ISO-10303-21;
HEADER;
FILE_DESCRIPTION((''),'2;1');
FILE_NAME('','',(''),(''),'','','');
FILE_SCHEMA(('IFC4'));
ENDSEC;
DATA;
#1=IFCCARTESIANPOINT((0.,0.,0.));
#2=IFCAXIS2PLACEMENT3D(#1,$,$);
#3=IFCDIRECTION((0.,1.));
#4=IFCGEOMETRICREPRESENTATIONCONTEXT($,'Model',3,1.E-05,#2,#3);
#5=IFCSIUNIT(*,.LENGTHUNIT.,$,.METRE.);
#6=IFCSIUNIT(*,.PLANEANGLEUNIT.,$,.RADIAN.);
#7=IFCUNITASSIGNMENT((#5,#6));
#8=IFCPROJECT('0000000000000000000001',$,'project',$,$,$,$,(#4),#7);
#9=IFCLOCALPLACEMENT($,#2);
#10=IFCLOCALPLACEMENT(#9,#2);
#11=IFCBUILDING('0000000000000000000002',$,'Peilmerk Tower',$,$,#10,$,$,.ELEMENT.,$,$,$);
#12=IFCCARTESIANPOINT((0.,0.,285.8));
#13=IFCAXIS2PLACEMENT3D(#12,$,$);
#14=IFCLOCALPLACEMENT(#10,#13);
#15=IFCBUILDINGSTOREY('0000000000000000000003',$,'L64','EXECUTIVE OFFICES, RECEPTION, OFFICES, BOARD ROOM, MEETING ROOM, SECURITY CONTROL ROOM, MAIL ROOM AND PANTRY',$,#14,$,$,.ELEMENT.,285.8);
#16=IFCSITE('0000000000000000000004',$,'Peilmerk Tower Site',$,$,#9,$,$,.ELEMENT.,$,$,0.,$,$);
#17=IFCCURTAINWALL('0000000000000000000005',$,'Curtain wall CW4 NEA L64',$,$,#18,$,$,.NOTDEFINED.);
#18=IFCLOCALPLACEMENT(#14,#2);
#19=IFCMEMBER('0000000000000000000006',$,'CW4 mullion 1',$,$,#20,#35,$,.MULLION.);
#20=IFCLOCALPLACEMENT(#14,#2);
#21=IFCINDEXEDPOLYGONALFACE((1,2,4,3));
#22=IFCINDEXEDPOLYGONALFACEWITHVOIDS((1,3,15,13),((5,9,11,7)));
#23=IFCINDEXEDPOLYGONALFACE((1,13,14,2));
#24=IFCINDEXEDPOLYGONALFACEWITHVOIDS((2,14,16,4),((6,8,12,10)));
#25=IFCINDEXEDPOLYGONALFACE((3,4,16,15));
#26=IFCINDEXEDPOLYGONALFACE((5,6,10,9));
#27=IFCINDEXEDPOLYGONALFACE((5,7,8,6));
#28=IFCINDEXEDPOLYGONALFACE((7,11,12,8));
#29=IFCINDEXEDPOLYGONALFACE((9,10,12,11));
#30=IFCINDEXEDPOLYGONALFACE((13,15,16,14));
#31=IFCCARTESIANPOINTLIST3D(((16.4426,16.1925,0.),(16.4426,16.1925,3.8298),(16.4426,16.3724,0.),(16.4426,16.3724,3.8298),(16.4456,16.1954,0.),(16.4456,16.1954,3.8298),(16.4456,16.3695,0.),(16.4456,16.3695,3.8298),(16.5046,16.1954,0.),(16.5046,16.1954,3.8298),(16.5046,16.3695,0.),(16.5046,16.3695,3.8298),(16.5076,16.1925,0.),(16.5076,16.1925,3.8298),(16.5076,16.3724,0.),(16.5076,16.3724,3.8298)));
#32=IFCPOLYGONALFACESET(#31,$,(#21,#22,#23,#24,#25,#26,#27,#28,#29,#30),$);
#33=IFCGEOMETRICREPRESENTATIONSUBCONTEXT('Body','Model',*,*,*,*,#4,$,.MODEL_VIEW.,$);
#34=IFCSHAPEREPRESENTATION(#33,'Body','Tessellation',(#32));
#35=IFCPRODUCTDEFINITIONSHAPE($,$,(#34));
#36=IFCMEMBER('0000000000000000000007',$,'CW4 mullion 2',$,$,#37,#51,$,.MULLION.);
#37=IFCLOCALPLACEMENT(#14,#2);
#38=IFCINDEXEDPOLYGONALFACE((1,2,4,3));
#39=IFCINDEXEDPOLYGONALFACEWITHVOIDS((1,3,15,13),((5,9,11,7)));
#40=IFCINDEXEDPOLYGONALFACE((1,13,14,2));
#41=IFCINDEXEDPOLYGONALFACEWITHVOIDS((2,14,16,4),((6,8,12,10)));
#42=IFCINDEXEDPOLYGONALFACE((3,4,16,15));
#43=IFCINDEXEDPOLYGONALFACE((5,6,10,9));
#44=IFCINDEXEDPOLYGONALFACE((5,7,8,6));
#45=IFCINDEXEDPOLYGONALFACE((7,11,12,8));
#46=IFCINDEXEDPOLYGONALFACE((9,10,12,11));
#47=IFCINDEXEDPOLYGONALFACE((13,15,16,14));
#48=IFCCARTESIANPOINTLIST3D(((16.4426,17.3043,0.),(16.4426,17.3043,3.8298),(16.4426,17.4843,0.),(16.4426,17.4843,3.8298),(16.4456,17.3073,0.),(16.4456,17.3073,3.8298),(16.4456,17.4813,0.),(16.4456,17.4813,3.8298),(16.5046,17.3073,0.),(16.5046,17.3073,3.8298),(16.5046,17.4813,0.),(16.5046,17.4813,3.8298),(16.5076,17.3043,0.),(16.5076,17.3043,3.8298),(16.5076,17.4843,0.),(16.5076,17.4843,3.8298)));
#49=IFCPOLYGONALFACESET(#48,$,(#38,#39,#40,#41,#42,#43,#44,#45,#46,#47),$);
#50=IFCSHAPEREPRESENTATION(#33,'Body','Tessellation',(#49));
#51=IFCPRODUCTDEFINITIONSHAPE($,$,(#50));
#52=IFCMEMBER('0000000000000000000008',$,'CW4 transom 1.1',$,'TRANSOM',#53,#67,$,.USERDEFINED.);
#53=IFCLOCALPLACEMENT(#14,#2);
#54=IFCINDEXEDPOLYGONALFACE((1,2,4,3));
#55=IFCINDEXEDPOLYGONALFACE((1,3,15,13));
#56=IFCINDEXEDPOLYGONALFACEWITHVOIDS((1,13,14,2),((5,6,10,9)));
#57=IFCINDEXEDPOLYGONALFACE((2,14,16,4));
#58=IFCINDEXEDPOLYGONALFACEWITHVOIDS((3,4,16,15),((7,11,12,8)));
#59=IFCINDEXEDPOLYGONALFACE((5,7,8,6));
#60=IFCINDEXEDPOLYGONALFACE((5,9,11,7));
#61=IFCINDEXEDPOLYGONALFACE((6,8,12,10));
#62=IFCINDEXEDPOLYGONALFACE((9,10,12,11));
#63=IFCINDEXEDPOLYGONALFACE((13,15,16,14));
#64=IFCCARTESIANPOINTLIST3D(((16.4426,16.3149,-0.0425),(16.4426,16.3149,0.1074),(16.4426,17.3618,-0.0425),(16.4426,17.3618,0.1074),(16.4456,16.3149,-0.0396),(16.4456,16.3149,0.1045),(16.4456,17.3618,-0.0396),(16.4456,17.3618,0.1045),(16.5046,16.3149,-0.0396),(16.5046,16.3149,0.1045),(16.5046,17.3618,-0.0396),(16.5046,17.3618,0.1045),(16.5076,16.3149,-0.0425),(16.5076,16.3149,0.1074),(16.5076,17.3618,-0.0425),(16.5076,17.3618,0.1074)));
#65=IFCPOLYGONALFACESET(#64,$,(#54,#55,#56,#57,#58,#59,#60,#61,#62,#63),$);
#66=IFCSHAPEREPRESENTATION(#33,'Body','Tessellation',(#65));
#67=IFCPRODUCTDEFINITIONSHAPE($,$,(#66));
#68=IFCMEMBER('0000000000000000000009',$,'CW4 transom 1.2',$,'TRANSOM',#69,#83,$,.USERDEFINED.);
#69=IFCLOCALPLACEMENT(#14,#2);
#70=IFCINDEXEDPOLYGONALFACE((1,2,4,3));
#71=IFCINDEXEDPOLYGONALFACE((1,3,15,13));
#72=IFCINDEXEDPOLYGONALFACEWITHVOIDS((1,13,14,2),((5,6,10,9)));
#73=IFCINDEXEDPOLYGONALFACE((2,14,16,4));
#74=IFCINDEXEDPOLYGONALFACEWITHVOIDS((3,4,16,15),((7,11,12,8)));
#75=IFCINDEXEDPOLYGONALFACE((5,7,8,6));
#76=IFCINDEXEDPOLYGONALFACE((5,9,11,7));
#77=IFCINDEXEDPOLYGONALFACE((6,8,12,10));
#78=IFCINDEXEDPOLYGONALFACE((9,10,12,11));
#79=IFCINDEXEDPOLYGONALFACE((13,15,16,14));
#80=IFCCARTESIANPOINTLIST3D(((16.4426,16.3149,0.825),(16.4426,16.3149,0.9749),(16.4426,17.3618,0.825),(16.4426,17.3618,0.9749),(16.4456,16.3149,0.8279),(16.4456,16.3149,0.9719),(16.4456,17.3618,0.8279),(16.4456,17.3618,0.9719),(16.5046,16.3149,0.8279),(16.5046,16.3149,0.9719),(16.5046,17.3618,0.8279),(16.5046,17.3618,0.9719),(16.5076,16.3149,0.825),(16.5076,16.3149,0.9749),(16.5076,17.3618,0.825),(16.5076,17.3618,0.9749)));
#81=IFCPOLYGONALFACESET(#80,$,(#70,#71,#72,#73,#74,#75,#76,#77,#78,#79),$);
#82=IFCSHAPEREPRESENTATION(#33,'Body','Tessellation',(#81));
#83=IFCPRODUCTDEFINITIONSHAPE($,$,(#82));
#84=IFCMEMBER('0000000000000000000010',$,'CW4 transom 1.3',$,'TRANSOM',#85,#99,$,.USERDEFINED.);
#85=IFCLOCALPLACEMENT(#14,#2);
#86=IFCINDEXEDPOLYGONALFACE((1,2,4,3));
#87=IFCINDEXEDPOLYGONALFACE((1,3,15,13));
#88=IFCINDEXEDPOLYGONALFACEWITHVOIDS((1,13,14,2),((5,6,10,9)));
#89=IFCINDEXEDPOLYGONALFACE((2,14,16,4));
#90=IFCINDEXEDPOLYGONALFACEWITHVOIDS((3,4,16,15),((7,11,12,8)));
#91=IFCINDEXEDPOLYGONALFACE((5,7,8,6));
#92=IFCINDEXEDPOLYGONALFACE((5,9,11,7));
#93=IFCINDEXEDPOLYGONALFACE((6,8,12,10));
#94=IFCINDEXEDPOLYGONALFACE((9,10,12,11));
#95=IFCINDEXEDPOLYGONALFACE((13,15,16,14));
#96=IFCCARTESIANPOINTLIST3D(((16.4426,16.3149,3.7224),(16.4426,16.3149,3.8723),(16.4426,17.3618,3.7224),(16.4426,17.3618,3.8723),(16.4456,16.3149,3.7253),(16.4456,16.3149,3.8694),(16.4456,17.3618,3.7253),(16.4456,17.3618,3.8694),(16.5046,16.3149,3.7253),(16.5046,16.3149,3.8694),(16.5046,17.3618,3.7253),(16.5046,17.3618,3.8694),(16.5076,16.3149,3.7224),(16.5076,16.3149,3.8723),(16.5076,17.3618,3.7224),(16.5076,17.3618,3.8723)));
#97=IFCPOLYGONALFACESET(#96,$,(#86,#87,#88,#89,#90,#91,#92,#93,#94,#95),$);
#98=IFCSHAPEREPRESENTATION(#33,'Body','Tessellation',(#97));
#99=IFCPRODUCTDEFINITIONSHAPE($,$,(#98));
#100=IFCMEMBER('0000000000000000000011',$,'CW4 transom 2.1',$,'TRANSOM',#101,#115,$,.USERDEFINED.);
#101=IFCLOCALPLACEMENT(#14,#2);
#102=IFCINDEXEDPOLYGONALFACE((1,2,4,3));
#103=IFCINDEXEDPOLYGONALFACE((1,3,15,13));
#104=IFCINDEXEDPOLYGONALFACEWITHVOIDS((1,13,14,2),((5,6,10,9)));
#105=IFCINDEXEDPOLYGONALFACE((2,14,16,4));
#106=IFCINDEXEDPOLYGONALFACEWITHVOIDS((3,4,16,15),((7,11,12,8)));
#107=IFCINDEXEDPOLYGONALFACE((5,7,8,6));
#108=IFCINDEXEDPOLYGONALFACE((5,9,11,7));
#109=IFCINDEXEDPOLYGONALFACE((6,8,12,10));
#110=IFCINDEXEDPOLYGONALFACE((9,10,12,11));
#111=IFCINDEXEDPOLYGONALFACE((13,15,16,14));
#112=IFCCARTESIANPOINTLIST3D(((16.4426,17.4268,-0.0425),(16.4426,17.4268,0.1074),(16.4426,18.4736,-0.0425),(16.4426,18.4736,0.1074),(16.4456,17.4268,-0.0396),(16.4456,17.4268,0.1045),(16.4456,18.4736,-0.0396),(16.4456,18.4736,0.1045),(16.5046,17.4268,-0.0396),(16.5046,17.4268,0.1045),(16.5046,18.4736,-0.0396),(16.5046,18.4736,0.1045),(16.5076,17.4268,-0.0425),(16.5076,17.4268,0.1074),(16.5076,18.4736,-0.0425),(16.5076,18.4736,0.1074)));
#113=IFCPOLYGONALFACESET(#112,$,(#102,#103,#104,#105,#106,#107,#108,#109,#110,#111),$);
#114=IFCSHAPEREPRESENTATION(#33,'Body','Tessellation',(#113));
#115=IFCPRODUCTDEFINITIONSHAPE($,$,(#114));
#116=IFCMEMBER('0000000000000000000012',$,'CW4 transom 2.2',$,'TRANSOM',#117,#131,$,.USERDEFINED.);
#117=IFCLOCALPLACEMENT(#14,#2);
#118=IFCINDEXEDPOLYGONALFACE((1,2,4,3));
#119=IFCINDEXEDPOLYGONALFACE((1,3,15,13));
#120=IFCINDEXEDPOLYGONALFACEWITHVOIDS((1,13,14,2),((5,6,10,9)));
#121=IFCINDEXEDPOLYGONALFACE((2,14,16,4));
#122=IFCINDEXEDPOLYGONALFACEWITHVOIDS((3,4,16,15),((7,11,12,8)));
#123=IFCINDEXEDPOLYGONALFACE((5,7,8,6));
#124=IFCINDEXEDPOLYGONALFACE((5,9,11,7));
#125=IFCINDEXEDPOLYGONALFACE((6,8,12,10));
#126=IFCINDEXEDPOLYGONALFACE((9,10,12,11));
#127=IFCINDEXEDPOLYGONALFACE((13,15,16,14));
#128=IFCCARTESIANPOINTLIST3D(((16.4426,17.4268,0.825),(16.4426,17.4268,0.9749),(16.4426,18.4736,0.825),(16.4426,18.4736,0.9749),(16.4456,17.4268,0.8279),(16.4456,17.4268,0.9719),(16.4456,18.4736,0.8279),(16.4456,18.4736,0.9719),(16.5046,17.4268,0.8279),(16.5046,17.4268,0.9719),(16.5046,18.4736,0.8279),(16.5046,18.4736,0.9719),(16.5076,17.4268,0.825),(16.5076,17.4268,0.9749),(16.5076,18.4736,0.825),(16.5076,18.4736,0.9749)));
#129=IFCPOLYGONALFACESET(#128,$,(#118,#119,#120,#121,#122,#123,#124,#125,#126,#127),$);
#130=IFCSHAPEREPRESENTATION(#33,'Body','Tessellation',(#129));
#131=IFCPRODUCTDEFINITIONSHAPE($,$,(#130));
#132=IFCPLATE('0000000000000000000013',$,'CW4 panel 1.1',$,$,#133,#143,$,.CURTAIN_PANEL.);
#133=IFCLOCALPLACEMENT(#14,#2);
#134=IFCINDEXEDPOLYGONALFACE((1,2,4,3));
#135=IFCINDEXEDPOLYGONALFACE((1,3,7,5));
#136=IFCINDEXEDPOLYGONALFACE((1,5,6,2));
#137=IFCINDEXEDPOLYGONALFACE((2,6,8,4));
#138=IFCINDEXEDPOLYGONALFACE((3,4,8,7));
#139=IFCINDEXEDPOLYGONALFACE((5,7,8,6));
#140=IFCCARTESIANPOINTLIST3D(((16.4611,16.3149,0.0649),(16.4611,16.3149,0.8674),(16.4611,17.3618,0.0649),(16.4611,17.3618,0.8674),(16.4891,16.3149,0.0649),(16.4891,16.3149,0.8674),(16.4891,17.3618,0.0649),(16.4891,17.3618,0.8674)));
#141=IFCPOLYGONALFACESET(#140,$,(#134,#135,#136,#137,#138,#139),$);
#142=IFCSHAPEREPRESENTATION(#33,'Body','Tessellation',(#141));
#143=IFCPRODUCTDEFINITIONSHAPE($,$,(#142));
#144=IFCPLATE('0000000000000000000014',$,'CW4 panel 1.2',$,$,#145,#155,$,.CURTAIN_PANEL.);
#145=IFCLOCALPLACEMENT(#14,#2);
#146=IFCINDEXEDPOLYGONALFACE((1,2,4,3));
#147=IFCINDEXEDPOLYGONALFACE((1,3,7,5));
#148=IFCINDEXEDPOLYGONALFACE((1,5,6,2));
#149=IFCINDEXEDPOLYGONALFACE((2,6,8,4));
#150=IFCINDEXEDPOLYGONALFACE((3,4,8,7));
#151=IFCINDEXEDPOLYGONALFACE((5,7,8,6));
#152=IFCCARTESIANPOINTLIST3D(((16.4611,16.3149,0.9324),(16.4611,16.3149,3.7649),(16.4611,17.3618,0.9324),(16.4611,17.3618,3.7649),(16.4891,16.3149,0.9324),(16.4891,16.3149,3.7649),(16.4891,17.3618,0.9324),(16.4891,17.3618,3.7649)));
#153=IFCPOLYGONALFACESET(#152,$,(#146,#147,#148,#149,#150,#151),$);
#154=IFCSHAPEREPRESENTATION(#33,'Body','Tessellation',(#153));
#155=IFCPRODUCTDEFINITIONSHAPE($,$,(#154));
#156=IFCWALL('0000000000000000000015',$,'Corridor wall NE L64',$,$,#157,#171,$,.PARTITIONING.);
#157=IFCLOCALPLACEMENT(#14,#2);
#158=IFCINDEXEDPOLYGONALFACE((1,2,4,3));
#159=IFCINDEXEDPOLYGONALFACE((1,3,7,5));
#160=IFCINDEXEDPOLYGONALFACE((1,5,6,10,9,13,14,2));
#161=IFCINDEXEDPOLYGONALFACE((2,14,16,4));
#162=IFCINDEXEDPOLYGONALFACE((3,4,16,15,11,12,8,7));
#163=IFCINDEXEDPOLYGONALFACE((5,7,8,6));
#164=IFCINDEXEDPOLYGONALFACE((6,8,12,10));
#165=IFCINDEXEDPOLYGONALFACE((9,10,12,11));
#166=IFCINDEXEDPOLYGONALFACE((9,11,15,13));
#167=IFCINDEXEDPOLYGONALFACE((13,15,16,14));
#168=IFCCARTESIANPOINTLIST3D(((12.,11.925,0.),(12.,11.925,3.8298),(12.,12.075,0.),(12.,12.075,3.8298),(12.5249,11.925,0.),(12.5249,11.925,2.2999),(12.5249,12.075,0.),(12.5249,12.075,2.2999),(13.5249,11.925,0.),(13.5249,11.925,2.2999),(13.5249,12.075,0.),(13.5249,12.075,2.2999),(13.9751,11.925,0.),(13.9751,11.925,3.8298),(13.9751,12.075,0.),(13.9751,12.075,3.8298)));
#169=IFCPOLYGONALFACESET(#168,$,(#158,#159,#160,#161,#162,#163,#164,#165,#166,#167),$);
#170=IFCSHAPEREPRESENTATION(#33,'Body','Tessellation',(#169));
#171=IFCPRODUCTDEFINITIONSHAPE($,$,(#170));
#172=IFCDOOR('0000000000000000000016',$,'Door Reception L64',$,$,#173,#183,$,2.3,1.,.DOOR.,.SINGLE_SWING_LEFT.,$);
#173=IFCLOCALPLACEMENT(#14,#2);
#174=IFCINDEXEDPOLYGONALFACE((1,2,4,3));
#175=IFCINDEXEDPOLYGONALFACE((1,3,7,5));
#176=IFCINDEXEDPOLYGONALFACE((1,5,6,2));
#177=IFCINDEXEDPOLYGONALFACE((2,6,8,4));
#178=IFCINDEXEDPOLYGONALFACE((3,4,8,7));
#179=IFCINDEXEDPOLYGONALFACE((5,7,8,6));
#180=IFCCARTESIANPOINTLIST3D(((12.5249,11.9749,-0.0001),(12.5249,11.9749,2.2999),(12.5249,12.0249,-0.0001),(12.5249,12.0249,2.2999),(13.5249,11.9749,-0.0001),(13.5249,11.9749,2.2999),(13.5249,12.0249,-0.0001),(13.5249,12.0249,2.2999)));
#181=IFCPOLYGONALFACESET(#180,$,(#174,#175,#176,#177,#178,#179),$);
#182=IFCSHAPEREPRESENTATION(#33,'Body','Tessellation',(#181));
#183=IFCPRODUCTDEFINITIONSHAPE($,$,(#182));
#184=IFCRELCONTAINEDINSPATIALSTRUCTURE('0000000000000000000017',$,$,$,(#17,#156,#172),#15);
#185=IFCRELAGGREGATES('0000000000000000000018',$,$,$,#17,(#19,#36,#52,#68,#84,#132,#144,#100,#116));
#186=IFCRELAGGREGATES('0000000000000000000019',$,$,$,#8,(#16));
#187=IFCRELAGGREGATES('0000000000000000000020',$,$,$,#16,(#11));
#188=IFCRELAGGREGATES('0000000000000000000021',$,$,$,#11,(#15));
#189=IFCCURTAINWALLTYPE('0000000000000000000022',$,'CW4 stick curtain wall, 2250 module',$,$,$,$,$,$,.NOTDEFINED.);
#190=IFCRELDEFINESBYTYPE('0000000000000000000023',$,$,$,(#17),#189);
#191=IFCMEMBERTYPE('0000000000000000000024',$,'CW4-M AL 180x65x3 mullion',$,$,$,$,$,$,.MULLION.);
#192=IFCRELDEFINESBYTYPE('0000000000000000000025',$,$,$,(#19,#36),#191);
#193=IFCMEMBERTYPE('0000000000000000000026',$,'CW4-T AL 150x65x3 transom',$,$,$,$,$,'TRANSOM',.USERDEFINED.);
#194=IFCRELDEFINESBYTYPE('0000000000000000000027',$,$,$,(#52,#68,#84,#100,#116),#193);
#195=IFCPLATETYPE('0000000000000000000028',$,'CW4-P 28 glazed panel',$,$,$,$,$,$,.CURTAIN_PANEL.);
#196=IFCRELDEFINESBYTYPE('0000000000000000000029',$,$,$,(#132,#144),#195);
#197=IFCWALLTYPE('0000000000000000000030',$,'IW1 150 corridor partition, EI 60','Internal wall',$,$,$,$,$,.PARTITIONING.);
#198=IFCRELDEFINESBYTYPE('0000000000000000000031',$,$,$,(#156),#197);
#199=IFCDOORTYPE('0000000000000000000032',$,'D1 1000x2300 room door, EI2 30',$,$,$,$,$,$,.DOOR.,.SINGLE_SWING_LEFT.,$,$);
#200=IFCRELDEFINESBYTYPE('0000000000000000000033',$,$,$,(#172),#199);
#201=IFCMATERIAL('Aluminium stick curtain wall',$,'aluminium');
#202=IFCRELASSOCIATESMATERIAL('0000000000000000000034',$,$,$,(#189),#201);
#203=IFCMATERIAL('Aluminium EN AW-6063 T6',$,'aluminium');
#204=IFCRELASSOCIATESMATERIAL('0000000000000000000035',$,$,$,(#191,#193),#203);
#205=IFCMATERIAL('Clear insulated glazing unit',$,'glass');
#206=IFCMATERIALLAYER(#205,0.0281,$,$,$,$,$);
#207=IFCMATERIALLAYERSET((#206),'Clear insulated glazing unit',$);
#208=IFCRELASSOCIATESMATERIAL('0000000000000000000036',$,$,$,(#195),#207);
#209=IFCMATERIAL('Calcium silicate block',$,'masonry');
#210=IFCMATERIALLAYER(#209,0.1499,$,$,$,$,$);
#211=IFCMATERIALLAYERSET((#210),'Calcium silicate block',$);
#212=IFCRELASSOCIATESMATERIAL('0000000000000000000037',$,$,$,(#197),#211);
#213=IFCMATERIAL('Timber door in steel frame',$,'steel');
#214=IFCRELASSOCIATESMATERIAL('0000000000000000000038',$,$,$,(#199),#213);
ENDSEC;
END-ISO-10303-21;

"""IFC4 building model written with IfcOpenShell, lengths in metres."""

from ifc_helpers import new_model, si_unit, direction, frame, frame_2d, origin, origin_2d, place, context, subcontext, project, spatial, rectangle, hollow_rectangle, extrude, material, layer, layer_set, material_profile, profile_set, type_object, element, fill, aggregate, save


model = new_model("IFC4")

# Units and contexts
model_context = context("Model", 3, precision=1e-05, world=origin(), true_north=direction((0.0, 1.0)))
body_context = subcontext(model_context, "Body", "Model", "MODEL_VIEW")
ifc_project = project(units=[si_unit("LENGTHUNIT", "METRE"), si_unit("PLANEANGLEUNIT", "RADIAN")], contexts=[model_context])

# Site, building, storey
site_placement = place(None, origin())
site = spatial("IfcSite", under=ifc_project, at=site_placement, Name="Peilmerk Tower Site", CompositionType="ELEMENT", RefElevation=0.0)
building_placement = place(site_placement, origin())
building = spatial("IfcBuilding", under=site, at=building_placement, Name="Peilmerk Tower", CompositionType="ELEMENT")
storey_placement = place(building_placement, frame((0.0, 0.0, 285.8)))
storey = spatial("IfcBuildingStorey", under=building, at=storey_placement, Name="L64", Description="EXECUTIVE OFFICES, RECEPTION, OFFICES, BOARD ROOM, MEETING ROOM, SECURITY CONTROL ROOM, MAIL ROOM AND PANTRY", CompositionType="ELEMENT", Elevation=285.8)

# Curtain wall, members, plates
ifc_material_1 = material(Name="Aluminium stick curtain wall", Category="aluminium")
curtain_wall_type = type_object("IfcCurtainWallType", Name="CW4 stick curtain wall, 2250 module", PredefinedType="NOTDEFINED", material=ifc_material_1)
curtain_wall_placement = place(storey_placement, origin())
curtain_wall = element("IfcCurtainWall", 1, at=curtain_wall_placement, inside=storey, type_object=curtain_wall_type, Name="Curtain wall CW4 NEA L64", PredefinedType="NOTDEFINED")
ifc_material_2 = material(Name="Aluminium EN AW-6063 T6", Category="aluminium")
ifc_material_profile_1 = material_profile(ifc_material_2, hollow_rectangle(XDim=0.0649, YDim=0.1799, WallThickness=0.0029, at=origin_2d()), Name="AL 180x65x3")
ifc_profile_set_1 = profile_set([ifc_material_profile_1], Name="Aluminium EN AW-6063 T6")
member_type_1 = type_object("IfcMemberType", Name="CW4-M AL 180x65x3 mullion", PredefinedType="MULLION", material=ifc_profile_set_1)
member_1_placement = place(storey_placement, frame((16.4751, 16.2825, 0.0), z_axis=(0.0, 0.0, 1.0), x_axis=(-1.0, 0.0, 0.0)))
member_1 = element("IfcMember", 2, at=member_1_placement, type_object=member_type_1, Name="CW4 mullion 1", PredefinedType="MULLION", context=body_context, shape_type="SweptSolid", body=[
    extrude(hollow_rectangle(XDim=0.0649, YDim=0.1799, WallThickness=0.0029, at=origin_2d()), origin(), (0.0, 0.0, 1.0), 3.8298),
])
member_2_placement = place(storey_placement, frame((16.4751, 17.3943, 0.0), z_axis=(0.0, 0.0, 1.0), x_axis=(-1.0, 0.0, 0.0)))
member_2 = element("IfcMember", 3, at=member_2_placement, type_object=member_type_1, Name="CW4 mullion 2", PredefinedType="MULLION", context=body_context, shape_type="SweptSolid", body=[
    extrude(hollow_rectangle(XDim=0.0649, YDim=0.1799, WallThickness=0.0029, at=origin_2d()), origin(), (0.0, 0.0, 1.0), 3.8298),
])
ifc_material_profile_2 = material_profile(ifc_material_2, hollow_rectangle(XDim=0.0649, YDim=0.1499, WallThickness=0.0029, at=origin_2d()), Name="AL 150x65x3")
ifc_profile_set_2 = profile_set([ifc_material_profile_2], Name="Aluminium EN AW-6063 T6")
member_type_2 = type_object("IfcMemberType", Name="CW4-T AL 150x65x3 transom", ElementType="TRANSOM", PredefinedType="USERDEFINED", material=ifc_profile_set_2)
member_3_placement = place(storey_placement, frame((16.4751, 16.3149, 0.0325), z_axis=(0.0, 1.0, 0.0), x_axis=(-1.0, 0.0, 0.0)))
member_3 = element("IfcMember", 4, at=member_3_placement, type_object=member_type_2, Name="CW4 transom 1.1", ObjectType="TRANSOM", PredefinedType="USERDEFINED", context=body_context, shape_type="SweptSolid", body=[
    extrude(hollow_rectangle(XDim=0.0649, YDim=0.1499, WallThickness=0.0029, at=origin_2d()), origin(), (0.0, 0.0, 1.0), 1.0469),
])
member_4_placement = place(storey_placement, frame((16.4751, 16.3149, 0.8999), z_axis=(0.0, 1.0, 0.0), x_axis=(-1.0, 0.0, 0.0)))
member_4 = element("IfcMember", 5, at=member_4_placement, type_object=member_type_2, Name="CW4 transom 1.2", ObjectType="TRANSOM", PredefinedType="USERDEFINED", context=body_context, shape_type="SweptSolid", body=[
    extrude(hollow_rectangle(XDim=0.0649, YDim=0.1499, WallThickness=0.0029, at=origin_2d()), origin(), (0.0, 0.0, 1.0), 1.0469),
])
member_5_placement = place(storey_placement, frame((16.4751, 16.3149, 3.7974), z_axis=(0.0, 1.0, 0.0), x_axis=(-1.0, 0.0, 0.0)))
member_5 = element("IfcMember", 6, at=member_5_placement, type_object=member_type_2, Name="CW4 transom 1.3", ObjectType="TRANSOM", PredefinedType="USERDEFINED", context=body_context, shape_type="SweptSolid", body=[
    extrude(hollow_rectangle(XDim=0.0649, YDim=0.1499, WallThickness=0.0029, at=origin_2d()), origin(), (0.0, 0.0, 1.0), 1.0469),
])
member_6_placement = place(storey_placement, frame((16.4751, 17.4268, 0.0325), z_axis=(0.0, 1.0, 0.0), x_axis=(-1.0, 0.0, 0.0)))
member_6 = element("IfcMember", 7, at=member_6_placement, type_object=member_type_2, Name="CW4 transom 2.1", ObjectType="TRANSOM", PredefinedType="USERDEFINED", context=body_context, shape_type="SweptSolid", body=[
    extrude(hollow_rectangle(XDim=0.0649, YDim=0.1499, WallThickness=0.0029, at=origin_2d()), origin(), (0.0, 0.0, 1.0), 1.0469),
])
member_7_placement = place(storey_placement, frame((16.4751, 17.4268, 0.8999), z_axis=(0.0, 1.0, 0.0), x_axis=(-1.0, 0.0, 0.0)))
member_7 = element("IfcMember", 8, at=member_7_placement, type_object=member_type_2, Name="CW4 transom 2.2", ObjectType="TRANSOM", PredefinedType="USERDEFINED", context=body_context, shape_type="SweptSolid", body=[
    extrude(hollow_rectangle(XDim=0.0649, YDim=0.1499, WallThickness=0.0029, at=origin_2d()), origin(), (0.0, 0.0, 1.0), 1.0469),
])
ifc_material_3 = material(Name="Clear insulated glazing unit", Category="glass")
ifc_layer_1 = layer(ifc_material_3, 0.0281)
ifc_layer_set_1 = layer_set([ifc_layer_1], Name="Clear insulated glazing unit")
plate_type = type_object("IfcPlateType", Name="CW4-P 28 glazed panel", PredefinedType="CURTAIN_PANEL", material=ifc_layer_set_1)
plate_1_placement = place(storey_placement, frame((16.4751, 16.8384, 0.0649), z_axis=(0.0, 0.0, 1.0), x_axis=(0.0, 1.0, 0.0)))
plate_1 = element("IfcPlate", 9, at=plate_1_placement, type_object=plate_type, Name="CW4 panel 1.1", PredefinedType="CURTAIN_PANEL", context=body_context, shape_type="SweptSolid", body=[
    extrude(rectangle(XDim=1.0469, YDim=0.0281, at=origin_2d()), origin(), (0.0, 0.0, 1.0), 0.8025),
])
plate_2_placement = place(storey_placement, frame((16.4751, 16.8384, 0.9324), z_axis=(0.0, 0.0, 1.0), x_axis=(0.0, 1.0, 0.0)))
plate_2 = element("IfcPlate", 10, at=plate_2_placement, type_object=plate_type, Name="CW4 panel 1.2", PredefinedType="CURTAIN_PANEL", context=body_context, shape_type="SweptSolid", body=[
    extrude(rectangle(XDim=1.0469, YDim=0.0281, at=origin_2d()), origin(), (0.0, 0.0, 1.0), 2.8325),
])
aggregate(curtain_wall, [member_1, member_2, member_3, member_4, member_5, plate_1, plate_2, member_6, member_7])

# Wall, opening, door
ifc_material_4 = material(Name="Calcium silicate block", Category="masonry")
ifc_layer_2 = layer(ifc_material_4, 0.1499)
ifc_layer_set_2 = layer_set([ifc_layer_2], Name="Calcium silicate block")
wall_type_1 = type_object("IfcWallType", Name="IW1 150 corridor partition, EI 60", Description="Internal wall", PredefinedType="PARTITIONING", material=ifc_layer_set_2)
wall_1_placement = place(storey_placement, frame((12.0, 12.0, 0.0), z_axis=(0.0, 0.0, 1.0), x_axis=(1.0, 0.0, 0.0)))
wall_1 = element("IfcWall", 11, at=wall_1_placement, inside=storey, type_object=wall_type_1, Name="Corridor wall NE L64", PredefinedType="PARTITIONING", context=body_context, shape_type="SweptSolid", body=[
    extrude(rectangle(XDim=1.9751, YDim=0.1499, at=frame_2d((0.9875, 0.0))), origin(), (0.0, 0.0, 1.0), 3.8298),
])
opening_placement = place(wall_1_placement, frame((0.5249, 0.0, 0.0)))
opening = element("IfcOpeningElement", 12, at=opening_placement, cuts=wall_1, PredefinedType="OPENING", context=body_context, shape_type="SweptSolid", body=[
    extrude(rectangle(XDim=1.0, YDim=2.3, at=frame_2d((0.5, 1.1499))), frame((0.0, 0.085, 0.0), z_axis=(0.0, -1.0, 0.0), x_axis=(1.0, 0.0, 0.0)), (0.0, 0.0, 1.0), 0.1699),
])
ifc_material_5 = material(Name="Timber door in steel frame", Category="steel")
door_type = type_object("IfcDoorType", Name="D1 1000x2300 room door, EI2 30", OperationType="SINGLE_SWING_LEFT", PredefinedType="DOOR", material=ifc_material_5)
door_placement = place(opening_placement, origin())
door = element("IfcDoor", 13, at=door_placement, inside=storey, type_object=door_type, Name="Door Reception L64", OperationType="SINGLE_SWING_LEFT", OverallHeight=2.3, OverallWidth=1.0, PredefinedType="DOOR", context=body_context, shape_type="SweptSolid", body=[
    extrude(rectangle(XDim=1.0, YDim=2.3, at=frame_2d((0.5, 1.1499))), frame((0.0, 0.0249, 0.0), z_axis=(0.0, -1.0, 0.0), x_axis=(1.0, 0.0, 0.0)), (0.0, 0.0, 1.0), 0.05),
])
fill(opening, door)

save(model, "model.ifc")
